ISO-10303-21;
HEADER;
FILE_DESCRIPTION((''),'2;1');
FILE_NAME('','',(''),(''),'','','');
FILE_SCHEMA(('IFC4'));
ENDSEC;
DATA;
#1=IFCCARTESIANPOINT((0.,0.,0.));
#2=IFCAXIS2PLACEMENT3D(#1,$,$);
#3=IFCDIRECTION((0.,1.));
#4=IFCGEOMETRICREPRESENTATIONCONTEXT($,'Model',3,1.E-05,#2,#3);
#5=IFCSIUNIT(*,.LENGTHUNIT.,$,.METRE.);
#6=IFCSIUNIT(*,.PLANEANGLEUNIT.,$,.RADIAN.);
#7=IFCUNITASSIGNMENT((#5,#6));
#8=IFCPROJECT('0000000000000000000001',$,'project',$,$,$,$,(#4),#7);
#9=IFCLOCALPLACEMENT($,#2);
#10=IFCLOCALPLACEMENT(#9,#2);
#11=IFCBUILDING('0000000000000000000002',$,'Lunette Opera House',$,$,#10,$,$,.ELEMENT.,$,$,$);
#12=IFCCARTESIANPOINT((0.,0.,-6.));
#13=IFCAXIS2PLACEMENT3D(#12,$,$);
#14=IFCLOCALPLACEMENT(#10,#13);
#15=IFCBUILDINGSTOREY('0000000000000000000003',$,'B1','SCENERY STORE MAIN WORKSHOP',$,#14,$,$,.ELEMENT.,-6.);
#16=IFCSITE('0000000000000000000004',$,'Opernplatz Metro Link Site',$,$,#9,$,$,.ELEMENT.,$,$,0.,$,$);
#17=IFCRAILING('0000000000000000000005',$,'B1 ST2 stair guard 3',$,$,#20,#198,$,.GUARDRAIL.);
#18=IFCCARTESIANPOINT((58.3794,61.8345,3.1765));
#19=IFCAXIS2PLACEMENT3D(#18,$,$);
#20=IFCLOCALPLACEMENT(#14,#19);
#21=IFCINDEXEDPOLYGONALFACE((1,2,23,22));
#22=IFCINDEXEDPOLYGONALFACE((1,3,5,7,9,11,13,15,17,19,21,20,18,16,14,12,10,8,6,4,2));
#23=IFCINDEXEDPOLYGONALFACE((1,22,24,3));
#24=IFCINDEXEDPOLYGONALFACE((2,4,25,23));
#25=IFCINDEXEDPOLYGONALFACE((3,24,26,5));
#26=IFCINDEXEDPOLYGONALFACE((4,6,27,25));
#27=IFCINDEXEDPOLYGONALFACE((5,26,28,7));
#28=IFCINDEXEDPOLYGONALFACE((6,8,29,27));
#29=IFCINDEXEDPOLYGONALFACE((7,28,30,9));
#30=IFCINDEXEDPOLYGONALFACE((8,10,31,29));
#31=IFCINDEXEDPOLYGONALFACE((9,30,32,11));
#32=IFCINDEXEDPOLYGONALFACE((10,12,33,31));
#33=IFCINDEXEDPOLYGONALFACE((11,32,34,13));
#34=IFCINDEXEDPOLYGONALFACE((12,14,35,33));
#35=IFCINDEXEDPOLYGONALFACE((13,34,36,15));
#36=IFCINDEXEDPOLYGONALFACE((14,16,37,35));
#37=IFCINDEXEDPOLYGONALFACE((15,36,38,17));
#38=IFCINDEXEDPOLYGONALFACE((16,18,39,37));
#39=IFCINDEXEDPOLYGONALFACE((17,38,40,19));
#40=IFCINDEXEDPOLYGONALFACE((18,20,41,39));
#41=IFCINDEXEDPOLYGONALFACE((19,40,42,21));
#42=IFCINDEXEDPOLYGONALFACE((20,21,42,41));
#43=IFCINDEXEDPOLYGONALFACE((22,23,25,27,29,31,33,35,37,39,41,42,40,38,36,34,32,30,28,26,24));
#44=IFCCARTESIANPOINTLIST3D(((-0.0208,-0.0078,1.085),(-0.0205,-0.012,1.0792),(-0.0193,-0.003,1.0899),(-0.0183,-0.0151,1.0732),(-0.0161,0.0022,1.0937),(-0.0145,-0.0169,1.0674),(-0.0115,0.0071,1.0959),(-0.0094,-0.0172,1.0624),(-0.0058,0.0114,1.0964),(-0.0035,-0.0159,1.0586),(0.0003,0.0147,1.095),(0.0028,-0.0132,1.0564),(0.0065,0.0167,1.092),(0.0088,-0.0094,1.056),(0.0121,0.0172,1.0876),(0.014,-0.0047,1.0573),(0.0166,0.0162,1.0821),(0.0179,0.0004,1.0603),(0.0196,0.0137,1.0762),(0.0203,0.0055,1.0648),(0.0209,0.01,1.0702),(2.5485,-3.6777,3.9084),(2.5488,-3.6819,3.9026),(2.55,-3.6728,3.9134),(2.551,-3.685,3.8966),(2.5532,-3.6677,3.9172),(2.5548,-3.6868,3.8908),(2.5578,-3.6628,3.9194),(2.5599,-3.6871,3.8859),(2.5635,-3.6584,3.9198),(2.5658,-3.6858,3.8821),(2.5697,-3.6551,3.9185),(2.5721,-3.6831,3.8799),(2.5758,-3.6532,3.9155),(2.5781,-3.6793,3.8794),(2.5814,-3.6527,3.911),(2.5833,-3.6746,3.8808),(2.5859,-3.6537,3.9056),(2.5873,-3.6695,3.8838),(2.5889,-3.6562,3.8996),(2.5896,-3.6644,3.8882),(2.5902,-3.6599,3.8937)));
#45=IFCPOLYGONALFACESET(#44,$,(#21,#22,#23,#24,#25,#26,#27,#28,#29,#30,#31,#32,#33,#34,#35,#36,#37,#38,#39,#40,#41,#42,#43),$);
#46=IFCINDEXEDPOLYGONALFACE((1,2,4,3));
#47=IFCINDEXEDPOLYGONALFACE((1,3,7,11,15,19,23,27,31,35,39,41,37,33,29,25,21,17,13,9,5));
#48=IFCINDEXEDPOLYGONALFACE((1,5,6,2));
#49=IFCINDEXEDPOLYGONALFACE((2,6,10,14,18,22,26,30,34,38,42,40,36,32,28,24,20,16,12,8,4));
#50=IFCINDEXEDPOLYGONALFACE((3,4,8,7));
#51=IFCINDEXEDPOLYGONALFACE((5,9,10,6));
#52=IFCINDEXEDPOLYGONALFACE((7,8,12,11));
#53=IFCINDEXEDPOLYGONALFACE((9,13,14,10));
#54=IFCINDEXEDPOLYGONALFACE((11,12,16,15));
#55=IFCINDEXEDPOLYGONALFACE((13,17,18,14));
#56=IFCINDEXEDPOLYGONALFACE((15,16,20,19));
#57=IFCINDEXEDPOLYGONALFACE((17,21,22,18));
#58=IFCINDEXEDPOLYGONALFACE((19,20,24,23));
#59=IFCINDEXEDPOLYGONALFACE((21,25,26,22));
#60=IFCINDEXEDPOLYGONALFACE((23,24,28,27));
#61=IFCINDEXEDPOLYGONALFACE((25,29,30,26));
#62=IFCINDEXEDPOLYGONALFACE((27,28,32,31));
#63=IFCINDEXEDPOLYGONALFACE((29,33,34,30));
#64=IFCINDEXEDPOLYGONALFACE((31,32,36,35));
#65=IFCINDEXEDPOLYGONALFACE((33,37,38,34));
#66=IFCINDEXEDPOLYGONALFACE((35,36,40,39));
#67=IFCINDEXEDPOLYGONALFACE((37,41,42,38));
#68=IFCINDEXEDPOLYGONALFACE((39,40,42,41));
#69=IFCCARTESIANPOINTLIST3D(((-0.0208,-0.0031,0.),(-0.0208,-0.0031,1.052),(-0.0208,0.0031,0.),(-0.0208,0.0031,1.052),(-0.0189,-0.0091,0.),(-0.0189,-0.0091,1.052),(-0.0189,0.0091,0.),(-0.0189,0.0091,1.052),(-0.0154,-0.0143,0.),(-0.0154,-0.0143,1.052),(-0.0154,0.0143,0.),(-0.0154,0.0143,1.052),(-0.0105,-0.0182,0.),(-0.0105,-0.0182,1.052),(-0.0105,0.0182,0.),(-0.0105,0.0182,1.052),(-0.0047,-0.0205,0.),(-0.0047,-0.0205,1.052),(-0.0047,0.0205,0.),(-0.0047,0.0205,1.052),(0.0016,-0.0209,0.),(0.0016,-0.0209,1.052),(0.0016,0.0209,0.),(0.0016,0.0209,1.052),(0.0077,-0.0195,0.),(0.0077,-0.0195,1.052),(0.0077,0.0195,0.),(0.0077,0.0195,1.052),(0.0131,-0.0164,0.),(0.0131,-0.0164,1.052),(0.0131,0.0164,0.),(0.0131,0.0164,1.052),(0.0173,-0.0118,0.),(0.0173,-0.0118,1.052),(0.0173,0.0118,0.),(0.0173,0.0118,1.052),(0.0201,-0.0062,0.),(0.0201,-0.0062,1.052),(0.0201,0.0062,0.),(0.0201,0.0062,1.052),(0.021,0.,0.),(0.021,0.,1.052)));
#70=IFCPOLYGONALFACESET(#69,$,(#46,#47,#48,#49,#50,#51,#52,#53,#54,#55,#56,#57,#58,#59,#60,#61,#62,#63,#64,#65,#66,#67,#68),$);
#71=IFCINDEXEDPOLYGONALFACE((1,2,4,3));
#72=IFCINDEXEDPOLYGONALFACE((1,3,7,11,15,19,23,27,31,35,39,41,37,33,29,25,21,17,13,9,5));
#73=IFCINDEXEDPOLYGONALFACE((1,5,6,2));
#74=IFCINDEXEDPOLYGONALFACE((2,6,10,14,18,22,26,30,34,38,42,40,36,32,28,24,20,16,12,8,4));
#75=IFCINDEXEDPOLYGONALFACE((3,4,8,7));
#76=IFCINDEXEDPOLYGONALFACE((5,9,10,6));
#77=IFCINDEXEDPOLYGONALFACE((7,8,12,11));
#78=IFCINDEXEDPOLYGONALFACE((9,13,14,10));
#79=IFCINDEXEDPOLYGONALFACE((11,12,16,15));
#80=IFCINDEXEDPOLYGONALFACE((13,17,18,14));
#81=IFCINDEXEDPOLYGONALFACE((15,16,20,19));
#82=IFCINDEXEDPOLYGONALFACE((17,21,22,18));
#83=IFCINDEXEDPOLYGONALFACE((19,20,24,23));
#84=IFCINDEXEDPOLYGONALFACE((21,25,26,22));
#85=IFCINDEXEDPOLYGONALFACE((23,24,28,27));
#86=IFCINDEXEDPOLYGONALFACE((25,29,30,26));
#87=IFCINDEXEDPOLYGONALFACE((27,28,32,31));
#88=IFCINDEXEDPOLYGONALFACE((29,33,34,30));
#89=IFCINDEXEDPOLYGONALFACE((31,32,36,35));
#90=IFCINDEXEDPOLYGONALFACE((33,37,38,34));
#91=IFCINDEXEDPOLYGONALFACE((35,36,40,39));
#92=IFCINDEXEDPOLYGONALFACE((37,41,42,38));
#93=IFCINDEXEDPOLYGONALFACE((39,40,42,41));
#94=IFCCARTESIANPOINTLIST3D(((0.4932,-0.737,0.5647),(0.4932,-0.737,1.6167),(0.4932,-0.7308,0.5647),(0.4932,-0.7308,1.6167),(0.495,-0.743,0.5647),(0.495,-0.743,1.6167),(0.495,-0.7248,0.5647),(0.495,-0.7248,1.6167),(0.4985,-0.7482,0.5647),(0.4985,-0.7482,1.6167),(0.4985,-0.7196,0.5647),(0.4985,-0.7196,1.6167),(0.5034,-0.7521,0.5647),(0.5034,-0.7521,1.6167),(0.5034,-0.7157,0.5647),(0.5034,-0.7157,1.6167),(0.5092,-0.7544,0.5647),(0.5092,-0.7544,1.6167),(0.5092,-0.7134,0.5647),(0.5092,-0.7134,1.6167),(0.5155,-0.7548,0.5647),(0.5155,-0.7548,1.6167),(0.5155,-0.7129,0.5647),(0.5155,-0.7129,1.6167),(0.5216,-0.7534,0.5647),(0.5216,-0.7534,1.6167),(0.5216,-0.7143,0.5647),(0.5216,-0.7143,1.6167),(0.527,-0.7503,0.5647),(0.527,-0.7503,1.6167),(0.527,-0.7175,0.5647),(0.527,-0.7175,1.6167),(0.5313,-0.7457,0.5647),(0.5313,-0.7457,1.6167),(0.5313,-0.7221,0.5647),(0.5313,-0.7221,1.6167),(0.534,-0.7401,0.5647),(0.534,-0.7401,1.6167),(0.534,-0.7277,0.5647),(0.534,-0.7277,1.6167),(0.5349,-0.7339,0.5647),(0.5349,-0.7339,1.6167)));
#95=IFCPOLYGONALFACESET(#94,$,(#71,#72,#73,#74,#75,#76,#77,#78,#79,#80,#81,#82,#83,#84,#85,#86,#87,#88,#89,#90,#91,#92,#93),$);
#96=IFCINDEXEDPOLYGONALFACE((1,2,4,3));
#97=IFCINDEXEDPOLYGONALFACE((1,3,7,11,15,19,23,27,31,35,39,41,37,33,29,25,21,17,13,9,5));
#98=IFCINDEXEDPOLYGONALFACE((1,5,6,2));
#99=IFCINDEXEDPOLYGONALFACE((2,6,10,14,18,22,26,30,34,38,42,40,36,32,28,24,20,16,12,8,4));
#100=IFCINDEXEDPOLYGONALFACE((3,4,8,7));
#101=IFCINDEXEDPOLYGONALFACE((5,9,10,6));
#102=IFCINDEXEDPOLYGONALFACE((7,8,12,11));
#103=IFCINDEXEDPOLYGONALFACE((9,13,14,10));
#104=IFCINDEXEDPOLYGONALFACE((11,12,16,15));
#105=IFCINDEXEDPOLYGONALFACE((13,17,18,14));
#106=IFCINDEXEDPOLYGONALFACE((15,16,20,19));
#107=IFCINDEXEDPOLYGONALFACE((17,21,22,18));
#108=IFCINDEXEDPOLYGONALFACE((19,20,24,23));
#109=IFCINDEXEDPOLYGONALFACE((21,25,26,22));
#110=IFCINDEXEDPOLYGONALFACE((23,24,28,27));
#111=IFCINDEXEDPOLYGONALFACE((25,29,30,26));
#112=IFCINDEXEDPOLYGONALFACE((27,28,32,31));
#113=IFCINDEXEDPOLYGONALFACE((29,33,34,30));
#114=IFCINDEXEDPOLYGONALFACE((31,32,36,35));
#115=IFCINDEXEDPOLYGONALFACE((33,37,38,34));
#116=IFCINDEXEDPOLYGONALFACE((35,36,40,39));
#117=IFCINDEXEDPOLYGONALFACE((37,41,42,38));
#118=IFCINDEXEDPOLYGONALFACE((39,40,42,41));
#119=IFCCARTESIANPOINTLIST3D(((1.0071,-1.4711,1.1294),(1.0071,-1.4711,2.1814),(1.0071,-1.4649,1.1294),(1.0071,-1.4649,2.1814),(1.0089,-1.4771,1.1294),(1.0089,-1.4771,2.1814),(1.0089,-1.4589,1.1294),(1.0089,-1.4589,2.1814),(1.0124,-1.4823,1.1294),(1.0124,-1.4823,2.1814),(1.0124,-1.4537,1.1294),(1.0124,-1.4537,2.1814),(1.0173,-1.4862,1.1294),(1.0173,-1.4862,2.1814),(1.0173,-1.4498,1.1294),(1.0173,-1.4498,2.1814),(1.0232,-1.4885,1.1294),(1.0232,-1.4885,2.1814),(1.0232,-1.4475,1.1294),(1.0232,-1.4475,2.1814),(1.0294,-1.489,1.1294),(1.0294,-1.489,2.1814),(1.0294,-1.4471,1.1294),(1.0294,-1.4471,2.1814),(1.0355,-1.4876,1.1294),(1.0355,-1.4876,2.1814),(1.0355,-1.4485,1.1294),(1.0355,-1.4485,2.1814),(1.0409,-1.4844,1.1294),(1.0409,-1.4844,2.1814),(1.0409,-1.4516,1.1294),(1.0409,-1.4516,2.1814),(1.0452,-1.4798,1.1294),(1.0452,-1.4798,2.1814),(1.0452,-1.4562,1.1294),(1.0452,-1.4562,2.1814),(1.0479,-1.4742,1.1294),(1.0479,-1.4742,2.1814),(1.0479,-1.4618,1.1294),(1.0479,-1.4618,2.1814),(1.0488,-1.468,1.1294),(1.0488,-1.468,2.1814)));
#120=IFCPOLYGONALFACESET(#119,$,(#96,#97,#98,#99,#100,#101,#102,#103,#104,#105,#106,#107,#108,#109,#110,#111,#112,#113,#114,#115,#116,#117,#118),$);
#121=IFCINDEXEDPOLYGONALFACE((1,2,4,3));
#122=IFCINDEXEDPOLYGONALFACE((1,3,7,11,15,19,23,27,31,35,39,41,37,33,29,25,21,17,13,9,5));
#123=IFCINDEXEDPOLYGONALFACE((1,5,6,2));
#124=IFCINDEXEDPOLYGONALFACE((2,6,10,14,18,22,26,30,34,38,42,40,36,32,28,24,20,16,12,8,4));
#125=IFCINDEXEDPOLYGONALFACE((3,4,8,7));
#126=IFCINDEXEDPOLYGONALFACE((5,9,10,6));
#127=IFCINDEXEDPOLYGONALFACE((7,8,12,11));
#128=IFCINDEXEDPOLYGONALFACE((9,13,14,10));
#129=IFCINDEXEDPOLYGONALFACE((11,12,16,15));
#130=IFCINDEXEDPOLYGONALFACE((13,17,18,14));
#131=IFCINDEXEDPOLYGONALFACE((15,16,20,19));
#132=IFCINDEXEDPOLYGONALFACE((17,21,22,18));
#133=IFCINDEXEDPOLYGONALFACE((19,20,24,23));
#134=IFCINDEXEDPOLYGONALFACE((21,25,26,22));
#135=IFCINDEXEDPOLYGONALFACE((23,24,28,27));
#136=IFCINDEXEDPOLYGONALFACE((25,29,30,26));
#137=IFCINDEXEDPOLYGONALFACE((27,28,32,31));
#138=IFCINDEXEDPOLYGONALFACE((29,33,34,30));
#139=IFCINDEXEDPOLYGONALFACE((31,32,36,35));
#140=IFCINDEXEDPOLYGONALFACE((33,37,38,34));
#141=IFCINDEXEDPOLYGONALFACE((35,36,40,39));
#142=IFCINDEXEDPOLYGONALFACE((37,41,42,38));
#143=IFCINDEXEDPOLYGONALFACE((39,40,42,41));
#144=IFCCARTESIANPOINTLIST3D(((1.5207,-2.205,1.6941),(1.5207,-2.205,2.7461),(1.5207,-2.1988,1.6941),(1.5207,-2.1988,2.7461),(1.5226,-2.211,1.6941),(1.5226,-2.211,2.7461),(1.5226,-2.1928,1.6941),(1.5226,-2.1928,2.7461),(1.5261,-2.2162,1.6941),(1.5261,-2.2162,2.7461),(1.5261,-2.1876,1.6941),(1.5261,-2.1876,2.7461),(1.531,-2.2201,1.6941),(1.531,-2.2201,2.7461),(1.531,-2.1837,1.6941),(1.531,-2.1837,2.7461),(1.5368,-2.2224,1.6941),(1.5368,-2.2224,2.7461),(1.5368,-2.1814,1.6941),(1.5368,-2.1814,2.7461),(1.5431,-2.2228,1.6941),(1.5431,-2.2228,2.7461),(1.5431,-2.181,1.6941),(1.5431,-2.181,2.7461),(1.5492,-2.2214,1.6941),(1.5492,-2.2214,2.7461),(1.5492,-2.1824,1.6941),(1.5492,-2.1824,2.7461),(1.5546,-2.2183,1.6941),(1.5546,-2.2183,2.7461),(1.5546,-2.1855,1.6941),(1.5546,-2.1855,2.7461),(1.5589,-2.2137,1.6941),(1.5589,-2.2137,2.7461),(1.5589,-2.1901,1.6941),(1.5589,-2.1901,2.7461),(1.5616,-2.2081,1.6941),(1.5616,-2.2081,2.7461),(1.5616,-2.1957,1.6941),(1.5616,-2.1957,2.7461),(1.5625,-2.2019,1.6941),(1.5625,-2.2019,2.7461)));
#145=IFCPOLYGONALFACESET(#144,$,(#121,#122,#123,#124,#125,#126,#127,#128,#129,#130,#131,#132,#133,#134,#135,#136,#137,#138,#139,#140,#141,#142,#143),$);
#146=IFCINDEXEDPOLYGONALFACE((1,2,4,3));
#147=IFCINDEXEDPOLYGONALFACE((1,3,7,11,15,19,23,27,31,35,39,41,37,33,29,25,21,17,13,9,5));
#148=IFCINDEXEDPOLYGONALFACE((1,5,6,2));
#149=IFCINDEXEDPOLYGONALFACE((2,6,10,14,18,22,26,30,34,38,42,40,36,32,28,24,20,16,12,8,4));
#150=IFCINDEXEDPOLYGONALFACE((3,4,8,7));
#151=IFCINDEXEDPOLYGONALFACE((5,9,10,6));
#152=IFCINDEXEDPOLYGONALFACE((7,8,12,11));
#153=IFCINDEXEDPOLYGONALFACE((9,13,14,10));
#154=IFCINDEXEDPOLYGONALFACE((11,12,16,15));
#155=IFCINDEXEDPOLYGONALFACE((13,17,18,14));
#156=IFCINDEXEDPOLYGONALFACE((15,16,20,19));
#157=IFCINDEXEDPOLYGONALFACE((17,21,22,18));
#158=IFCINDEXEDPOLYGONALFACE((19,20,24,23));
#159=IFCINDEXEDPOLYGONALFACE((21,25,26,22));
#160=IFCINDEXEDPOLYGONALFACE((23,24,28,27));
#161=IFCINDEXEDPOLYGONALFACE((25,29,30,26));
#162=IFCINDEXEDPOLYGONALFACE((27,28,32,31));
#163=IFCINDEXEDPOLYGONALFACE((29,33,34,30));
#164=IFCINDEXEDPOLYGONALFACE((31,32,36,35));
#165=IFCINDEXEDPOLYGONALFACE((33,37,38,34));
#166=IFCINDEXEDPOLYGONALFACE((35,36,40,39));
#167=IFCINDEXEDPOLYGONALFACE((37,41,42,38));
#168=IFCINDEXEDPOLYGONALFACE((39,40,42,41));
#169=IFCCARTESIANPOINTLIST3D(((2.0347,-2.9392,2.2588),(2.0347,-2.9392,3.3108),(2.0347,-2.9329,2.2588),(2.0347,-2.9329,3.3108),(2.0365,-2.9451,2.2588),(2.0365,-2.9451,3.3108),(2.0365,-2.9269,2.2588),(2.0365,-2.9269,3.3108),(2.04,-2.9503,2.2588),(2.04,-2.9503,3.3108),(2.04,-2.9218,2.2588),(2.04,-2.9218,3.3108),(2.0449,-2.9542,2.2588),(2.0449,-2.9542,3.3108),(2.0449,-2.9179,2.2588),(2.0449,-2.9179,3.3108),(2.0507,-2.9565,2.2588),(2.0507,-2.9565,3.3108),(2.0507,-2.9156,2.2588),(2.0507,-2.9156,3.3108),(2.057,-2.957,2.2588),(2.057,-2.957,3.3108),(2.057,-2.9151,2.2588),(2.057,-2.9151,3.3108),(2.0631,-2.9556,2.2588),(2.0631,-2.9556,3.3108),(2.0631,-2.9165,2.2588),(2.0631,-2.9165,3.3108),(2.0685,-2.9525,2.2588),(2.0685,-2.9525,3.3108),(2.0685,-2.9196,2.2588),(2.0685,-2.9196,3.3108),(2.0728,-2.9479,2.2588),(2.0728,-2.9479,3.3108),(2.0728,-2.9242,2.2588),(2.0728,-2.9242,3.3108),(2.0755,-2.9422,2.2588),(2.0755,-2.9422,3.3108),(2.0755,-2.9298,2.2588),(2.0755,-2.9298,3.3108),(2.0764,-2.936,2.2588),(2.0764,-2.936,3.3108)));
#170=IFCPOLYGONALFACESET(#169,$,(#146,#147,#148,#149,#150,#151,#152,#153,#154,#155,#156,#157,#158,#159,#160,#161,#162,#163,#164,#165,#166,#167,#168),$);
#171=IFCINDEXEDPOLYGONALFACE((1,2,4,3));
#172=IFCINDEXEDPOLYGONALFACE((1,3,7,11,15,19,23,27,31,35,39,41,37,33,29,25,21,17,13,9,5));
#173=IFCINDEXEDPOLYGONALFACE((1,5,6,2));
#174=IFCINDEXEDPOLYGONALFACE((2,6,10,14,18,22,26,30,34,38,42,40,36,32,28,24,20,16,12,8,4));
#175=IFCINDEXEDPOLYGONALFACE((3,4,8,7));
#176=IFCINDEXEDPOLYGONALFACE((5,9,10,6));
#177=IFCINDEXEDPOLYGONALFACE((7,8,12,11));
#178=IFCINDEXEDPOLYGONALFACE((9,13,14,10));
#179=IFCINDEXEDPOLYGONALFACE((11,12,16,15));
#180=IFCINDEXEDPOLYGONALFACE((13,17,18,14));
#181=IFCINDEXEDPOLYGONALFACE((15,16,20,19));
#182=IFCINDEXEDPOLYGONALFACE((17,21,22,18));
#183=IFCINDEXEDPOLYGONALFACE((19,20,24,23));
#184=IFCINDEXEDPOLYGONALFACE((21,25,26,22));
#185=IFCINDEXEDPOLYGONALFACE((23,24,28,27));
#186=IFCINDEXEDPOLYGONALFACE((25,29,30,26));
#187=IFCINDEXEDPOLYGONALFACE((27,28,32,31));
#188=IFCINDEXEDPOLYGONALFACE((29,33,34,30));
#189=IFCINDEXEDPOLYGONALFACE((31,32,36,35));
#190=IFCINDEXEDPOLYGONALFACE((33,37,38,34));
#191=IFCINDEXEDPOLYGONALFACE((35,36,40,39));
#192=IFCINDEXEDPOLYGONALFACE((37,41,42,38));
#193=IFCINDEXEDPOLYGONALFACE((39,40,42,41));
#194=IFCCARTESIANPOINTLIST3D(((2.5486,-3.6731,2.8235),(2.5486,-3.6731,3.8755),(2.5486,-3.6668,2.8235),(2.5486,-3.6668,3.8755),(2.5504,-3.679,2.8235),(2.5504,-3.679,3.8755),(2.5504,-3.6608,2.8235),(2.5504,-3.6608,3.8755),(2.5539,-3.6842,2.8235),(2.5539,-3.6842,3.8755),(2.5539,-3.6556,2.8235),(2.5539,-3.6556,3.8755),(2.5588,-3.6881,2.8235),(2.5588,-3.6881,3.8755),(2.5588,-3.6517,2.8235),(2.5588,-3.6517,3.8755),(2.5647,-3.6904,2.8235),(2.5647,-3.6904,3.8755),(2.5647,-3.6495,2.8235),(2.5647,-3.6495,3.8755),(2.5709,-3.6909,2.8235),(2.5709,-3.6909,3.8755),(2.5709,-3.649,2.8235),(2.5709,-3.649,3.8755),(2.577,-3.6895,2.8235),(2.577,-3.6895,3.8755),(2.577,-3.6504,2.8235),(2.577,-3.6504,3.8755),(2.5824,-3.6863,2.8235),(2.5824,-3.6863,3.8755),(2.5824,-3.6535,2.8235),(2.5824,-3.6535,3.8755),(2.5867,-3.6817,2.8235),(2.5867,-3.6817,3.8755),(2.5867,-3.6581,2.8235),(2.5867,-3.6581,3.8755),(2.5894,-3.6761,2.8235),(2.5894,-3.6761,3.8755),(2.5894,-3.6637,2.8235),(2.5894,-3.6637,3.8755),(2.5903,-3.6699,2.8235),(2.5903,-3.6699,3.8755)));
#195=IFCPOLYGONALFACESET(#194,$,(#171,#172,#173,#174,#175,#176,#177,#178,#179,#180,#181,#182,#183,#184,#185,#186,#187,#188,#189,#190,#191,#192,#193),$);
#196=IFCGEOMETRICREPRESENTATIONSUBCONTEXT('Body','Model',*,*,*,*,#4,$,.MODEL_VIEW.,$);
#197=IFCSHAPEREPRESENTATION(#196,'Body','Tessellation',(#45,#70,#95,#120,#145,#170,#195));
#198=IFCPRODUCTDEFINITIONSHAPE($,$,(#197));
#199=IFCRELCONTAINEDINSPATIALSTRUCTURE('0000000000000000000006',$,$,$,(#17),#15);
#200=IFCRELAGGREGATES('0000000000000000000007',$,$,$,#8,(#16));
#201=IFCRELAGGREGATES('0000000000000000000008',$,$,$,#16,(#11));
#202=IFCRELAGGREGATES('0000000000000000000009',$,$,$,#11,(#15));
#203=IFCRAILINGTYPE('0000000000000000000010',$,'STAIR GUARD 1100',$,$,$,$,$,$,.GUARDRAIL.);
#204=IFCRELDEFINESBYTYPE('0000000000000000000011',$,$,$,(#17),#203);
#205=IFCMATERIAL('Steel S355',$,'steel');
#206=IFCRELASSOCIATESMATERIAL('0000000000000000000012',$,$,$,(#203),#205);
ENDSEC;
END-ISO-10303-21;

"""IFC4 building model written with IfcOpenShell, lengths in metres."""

from ifc_helpers import new_model, si_unit, direction, frame, origin, origin_2d, place, context, subcontext, project, spatial, circle, extrude, material, type_object, element, save


model = new_model("IFC4")

# Units and contexts
model_context = context("Model", 3, precision=1e-05, world=origin(), true_north=direction((0.0, 1.0)))
body_context = subcontext(model_context, "Body", "Model", "MODEL_VIEW")
ifc_project = project(units=[si_unit("LENGTHUNIT", "METRE"), si_unit("PLANEANGLEUNIT", "RADIAN")], contexts=[model_context])

# Site, building, storey
site_placement = place(None, origin())
site = spatial("IfcSite", under=ifc_project, at=site_placement, Name="Opernplatz Metro Link Site", CompositionType="ELEMENT", RefElevation=0.0)
building_placement = place(site_placement, origin())
building = spatial("IfcBuilding", under=site, at=building_placement, Name="Lunette Opera House", CompositionType="ELEMENT")
storey_placement = place(building_placement, frame((0.0, 0.0, -6.0)))
storey = spatial("IfcBuildingStorey", under=building, at=storey_placement, Name="B1", Description="SCENERY STORE MAIN WORKSHOP", CompositionType="ELEMENT", Elevation=-6.0)

# Railing
ifc_material_1 = material(Name="Steel S355", Category="steel")
railing_type_1 = type_object("IfcRailingType", Name="STAIR GUARD 1100", PredefinedType="GUARDRAIL", material=ifc_material_1)
railing_1_placement = place(storey_placement, frame((58.3794, 61.8345, 3.1765)))
element("IfcRailing", 1, at=railing_1_placement, inside=storey, type_object=railing_type_1, Name="B1 ST2 stair guard 3", PredefinedType="GUARDRAIL", context=body_context, shape_type="SweptSolid", body=[
    extrude(circle(Radius=0.0239, at=origin_2d()), frame((0.0, 0.0, 1.0762), z_axis=(0.485196, -0.693032, 0.53319), x_axis=(0.819191, 0.573521, 0.0)), (0.0, 0.0, 1.0), 5.2954),
    extrude(circle(Radius=0.021, at=origin_2d()), origin(), (0.0, 0.0, 1.0), 1.052),
    extrude(circle(Radius=0.021, at=origin_2d()), frame((0.5139, -0.7339, 0.5647)), (0.0, 0.0, 1.0), 1.052),
    extrude(circle(Radius=0.021, at=origin_2d()), frame((1.0278, -1.468, 1.1294)), (0.0, 0.0, 1.0), 1.052),
    extrude(circle(Radius=0.021, at=origin_2d()), frame((1.5415, -2.2019, 1.6941)), (0.0, 0.0, 1.0), 1.052),
    extrude(circle(Radius=0.021, at=origin_2d()), frame((2.0554, -2.936, 2.2588)), (0.0, 0.0, 1.0), 1.052),
    extrude(circle(Radius=0.021, at=origin_2d()), frame((2.5693, -3.6699, 2.8235)), (0.0, 0.0, 1.0), 1.052),
])

save(model, "model.ifc")
